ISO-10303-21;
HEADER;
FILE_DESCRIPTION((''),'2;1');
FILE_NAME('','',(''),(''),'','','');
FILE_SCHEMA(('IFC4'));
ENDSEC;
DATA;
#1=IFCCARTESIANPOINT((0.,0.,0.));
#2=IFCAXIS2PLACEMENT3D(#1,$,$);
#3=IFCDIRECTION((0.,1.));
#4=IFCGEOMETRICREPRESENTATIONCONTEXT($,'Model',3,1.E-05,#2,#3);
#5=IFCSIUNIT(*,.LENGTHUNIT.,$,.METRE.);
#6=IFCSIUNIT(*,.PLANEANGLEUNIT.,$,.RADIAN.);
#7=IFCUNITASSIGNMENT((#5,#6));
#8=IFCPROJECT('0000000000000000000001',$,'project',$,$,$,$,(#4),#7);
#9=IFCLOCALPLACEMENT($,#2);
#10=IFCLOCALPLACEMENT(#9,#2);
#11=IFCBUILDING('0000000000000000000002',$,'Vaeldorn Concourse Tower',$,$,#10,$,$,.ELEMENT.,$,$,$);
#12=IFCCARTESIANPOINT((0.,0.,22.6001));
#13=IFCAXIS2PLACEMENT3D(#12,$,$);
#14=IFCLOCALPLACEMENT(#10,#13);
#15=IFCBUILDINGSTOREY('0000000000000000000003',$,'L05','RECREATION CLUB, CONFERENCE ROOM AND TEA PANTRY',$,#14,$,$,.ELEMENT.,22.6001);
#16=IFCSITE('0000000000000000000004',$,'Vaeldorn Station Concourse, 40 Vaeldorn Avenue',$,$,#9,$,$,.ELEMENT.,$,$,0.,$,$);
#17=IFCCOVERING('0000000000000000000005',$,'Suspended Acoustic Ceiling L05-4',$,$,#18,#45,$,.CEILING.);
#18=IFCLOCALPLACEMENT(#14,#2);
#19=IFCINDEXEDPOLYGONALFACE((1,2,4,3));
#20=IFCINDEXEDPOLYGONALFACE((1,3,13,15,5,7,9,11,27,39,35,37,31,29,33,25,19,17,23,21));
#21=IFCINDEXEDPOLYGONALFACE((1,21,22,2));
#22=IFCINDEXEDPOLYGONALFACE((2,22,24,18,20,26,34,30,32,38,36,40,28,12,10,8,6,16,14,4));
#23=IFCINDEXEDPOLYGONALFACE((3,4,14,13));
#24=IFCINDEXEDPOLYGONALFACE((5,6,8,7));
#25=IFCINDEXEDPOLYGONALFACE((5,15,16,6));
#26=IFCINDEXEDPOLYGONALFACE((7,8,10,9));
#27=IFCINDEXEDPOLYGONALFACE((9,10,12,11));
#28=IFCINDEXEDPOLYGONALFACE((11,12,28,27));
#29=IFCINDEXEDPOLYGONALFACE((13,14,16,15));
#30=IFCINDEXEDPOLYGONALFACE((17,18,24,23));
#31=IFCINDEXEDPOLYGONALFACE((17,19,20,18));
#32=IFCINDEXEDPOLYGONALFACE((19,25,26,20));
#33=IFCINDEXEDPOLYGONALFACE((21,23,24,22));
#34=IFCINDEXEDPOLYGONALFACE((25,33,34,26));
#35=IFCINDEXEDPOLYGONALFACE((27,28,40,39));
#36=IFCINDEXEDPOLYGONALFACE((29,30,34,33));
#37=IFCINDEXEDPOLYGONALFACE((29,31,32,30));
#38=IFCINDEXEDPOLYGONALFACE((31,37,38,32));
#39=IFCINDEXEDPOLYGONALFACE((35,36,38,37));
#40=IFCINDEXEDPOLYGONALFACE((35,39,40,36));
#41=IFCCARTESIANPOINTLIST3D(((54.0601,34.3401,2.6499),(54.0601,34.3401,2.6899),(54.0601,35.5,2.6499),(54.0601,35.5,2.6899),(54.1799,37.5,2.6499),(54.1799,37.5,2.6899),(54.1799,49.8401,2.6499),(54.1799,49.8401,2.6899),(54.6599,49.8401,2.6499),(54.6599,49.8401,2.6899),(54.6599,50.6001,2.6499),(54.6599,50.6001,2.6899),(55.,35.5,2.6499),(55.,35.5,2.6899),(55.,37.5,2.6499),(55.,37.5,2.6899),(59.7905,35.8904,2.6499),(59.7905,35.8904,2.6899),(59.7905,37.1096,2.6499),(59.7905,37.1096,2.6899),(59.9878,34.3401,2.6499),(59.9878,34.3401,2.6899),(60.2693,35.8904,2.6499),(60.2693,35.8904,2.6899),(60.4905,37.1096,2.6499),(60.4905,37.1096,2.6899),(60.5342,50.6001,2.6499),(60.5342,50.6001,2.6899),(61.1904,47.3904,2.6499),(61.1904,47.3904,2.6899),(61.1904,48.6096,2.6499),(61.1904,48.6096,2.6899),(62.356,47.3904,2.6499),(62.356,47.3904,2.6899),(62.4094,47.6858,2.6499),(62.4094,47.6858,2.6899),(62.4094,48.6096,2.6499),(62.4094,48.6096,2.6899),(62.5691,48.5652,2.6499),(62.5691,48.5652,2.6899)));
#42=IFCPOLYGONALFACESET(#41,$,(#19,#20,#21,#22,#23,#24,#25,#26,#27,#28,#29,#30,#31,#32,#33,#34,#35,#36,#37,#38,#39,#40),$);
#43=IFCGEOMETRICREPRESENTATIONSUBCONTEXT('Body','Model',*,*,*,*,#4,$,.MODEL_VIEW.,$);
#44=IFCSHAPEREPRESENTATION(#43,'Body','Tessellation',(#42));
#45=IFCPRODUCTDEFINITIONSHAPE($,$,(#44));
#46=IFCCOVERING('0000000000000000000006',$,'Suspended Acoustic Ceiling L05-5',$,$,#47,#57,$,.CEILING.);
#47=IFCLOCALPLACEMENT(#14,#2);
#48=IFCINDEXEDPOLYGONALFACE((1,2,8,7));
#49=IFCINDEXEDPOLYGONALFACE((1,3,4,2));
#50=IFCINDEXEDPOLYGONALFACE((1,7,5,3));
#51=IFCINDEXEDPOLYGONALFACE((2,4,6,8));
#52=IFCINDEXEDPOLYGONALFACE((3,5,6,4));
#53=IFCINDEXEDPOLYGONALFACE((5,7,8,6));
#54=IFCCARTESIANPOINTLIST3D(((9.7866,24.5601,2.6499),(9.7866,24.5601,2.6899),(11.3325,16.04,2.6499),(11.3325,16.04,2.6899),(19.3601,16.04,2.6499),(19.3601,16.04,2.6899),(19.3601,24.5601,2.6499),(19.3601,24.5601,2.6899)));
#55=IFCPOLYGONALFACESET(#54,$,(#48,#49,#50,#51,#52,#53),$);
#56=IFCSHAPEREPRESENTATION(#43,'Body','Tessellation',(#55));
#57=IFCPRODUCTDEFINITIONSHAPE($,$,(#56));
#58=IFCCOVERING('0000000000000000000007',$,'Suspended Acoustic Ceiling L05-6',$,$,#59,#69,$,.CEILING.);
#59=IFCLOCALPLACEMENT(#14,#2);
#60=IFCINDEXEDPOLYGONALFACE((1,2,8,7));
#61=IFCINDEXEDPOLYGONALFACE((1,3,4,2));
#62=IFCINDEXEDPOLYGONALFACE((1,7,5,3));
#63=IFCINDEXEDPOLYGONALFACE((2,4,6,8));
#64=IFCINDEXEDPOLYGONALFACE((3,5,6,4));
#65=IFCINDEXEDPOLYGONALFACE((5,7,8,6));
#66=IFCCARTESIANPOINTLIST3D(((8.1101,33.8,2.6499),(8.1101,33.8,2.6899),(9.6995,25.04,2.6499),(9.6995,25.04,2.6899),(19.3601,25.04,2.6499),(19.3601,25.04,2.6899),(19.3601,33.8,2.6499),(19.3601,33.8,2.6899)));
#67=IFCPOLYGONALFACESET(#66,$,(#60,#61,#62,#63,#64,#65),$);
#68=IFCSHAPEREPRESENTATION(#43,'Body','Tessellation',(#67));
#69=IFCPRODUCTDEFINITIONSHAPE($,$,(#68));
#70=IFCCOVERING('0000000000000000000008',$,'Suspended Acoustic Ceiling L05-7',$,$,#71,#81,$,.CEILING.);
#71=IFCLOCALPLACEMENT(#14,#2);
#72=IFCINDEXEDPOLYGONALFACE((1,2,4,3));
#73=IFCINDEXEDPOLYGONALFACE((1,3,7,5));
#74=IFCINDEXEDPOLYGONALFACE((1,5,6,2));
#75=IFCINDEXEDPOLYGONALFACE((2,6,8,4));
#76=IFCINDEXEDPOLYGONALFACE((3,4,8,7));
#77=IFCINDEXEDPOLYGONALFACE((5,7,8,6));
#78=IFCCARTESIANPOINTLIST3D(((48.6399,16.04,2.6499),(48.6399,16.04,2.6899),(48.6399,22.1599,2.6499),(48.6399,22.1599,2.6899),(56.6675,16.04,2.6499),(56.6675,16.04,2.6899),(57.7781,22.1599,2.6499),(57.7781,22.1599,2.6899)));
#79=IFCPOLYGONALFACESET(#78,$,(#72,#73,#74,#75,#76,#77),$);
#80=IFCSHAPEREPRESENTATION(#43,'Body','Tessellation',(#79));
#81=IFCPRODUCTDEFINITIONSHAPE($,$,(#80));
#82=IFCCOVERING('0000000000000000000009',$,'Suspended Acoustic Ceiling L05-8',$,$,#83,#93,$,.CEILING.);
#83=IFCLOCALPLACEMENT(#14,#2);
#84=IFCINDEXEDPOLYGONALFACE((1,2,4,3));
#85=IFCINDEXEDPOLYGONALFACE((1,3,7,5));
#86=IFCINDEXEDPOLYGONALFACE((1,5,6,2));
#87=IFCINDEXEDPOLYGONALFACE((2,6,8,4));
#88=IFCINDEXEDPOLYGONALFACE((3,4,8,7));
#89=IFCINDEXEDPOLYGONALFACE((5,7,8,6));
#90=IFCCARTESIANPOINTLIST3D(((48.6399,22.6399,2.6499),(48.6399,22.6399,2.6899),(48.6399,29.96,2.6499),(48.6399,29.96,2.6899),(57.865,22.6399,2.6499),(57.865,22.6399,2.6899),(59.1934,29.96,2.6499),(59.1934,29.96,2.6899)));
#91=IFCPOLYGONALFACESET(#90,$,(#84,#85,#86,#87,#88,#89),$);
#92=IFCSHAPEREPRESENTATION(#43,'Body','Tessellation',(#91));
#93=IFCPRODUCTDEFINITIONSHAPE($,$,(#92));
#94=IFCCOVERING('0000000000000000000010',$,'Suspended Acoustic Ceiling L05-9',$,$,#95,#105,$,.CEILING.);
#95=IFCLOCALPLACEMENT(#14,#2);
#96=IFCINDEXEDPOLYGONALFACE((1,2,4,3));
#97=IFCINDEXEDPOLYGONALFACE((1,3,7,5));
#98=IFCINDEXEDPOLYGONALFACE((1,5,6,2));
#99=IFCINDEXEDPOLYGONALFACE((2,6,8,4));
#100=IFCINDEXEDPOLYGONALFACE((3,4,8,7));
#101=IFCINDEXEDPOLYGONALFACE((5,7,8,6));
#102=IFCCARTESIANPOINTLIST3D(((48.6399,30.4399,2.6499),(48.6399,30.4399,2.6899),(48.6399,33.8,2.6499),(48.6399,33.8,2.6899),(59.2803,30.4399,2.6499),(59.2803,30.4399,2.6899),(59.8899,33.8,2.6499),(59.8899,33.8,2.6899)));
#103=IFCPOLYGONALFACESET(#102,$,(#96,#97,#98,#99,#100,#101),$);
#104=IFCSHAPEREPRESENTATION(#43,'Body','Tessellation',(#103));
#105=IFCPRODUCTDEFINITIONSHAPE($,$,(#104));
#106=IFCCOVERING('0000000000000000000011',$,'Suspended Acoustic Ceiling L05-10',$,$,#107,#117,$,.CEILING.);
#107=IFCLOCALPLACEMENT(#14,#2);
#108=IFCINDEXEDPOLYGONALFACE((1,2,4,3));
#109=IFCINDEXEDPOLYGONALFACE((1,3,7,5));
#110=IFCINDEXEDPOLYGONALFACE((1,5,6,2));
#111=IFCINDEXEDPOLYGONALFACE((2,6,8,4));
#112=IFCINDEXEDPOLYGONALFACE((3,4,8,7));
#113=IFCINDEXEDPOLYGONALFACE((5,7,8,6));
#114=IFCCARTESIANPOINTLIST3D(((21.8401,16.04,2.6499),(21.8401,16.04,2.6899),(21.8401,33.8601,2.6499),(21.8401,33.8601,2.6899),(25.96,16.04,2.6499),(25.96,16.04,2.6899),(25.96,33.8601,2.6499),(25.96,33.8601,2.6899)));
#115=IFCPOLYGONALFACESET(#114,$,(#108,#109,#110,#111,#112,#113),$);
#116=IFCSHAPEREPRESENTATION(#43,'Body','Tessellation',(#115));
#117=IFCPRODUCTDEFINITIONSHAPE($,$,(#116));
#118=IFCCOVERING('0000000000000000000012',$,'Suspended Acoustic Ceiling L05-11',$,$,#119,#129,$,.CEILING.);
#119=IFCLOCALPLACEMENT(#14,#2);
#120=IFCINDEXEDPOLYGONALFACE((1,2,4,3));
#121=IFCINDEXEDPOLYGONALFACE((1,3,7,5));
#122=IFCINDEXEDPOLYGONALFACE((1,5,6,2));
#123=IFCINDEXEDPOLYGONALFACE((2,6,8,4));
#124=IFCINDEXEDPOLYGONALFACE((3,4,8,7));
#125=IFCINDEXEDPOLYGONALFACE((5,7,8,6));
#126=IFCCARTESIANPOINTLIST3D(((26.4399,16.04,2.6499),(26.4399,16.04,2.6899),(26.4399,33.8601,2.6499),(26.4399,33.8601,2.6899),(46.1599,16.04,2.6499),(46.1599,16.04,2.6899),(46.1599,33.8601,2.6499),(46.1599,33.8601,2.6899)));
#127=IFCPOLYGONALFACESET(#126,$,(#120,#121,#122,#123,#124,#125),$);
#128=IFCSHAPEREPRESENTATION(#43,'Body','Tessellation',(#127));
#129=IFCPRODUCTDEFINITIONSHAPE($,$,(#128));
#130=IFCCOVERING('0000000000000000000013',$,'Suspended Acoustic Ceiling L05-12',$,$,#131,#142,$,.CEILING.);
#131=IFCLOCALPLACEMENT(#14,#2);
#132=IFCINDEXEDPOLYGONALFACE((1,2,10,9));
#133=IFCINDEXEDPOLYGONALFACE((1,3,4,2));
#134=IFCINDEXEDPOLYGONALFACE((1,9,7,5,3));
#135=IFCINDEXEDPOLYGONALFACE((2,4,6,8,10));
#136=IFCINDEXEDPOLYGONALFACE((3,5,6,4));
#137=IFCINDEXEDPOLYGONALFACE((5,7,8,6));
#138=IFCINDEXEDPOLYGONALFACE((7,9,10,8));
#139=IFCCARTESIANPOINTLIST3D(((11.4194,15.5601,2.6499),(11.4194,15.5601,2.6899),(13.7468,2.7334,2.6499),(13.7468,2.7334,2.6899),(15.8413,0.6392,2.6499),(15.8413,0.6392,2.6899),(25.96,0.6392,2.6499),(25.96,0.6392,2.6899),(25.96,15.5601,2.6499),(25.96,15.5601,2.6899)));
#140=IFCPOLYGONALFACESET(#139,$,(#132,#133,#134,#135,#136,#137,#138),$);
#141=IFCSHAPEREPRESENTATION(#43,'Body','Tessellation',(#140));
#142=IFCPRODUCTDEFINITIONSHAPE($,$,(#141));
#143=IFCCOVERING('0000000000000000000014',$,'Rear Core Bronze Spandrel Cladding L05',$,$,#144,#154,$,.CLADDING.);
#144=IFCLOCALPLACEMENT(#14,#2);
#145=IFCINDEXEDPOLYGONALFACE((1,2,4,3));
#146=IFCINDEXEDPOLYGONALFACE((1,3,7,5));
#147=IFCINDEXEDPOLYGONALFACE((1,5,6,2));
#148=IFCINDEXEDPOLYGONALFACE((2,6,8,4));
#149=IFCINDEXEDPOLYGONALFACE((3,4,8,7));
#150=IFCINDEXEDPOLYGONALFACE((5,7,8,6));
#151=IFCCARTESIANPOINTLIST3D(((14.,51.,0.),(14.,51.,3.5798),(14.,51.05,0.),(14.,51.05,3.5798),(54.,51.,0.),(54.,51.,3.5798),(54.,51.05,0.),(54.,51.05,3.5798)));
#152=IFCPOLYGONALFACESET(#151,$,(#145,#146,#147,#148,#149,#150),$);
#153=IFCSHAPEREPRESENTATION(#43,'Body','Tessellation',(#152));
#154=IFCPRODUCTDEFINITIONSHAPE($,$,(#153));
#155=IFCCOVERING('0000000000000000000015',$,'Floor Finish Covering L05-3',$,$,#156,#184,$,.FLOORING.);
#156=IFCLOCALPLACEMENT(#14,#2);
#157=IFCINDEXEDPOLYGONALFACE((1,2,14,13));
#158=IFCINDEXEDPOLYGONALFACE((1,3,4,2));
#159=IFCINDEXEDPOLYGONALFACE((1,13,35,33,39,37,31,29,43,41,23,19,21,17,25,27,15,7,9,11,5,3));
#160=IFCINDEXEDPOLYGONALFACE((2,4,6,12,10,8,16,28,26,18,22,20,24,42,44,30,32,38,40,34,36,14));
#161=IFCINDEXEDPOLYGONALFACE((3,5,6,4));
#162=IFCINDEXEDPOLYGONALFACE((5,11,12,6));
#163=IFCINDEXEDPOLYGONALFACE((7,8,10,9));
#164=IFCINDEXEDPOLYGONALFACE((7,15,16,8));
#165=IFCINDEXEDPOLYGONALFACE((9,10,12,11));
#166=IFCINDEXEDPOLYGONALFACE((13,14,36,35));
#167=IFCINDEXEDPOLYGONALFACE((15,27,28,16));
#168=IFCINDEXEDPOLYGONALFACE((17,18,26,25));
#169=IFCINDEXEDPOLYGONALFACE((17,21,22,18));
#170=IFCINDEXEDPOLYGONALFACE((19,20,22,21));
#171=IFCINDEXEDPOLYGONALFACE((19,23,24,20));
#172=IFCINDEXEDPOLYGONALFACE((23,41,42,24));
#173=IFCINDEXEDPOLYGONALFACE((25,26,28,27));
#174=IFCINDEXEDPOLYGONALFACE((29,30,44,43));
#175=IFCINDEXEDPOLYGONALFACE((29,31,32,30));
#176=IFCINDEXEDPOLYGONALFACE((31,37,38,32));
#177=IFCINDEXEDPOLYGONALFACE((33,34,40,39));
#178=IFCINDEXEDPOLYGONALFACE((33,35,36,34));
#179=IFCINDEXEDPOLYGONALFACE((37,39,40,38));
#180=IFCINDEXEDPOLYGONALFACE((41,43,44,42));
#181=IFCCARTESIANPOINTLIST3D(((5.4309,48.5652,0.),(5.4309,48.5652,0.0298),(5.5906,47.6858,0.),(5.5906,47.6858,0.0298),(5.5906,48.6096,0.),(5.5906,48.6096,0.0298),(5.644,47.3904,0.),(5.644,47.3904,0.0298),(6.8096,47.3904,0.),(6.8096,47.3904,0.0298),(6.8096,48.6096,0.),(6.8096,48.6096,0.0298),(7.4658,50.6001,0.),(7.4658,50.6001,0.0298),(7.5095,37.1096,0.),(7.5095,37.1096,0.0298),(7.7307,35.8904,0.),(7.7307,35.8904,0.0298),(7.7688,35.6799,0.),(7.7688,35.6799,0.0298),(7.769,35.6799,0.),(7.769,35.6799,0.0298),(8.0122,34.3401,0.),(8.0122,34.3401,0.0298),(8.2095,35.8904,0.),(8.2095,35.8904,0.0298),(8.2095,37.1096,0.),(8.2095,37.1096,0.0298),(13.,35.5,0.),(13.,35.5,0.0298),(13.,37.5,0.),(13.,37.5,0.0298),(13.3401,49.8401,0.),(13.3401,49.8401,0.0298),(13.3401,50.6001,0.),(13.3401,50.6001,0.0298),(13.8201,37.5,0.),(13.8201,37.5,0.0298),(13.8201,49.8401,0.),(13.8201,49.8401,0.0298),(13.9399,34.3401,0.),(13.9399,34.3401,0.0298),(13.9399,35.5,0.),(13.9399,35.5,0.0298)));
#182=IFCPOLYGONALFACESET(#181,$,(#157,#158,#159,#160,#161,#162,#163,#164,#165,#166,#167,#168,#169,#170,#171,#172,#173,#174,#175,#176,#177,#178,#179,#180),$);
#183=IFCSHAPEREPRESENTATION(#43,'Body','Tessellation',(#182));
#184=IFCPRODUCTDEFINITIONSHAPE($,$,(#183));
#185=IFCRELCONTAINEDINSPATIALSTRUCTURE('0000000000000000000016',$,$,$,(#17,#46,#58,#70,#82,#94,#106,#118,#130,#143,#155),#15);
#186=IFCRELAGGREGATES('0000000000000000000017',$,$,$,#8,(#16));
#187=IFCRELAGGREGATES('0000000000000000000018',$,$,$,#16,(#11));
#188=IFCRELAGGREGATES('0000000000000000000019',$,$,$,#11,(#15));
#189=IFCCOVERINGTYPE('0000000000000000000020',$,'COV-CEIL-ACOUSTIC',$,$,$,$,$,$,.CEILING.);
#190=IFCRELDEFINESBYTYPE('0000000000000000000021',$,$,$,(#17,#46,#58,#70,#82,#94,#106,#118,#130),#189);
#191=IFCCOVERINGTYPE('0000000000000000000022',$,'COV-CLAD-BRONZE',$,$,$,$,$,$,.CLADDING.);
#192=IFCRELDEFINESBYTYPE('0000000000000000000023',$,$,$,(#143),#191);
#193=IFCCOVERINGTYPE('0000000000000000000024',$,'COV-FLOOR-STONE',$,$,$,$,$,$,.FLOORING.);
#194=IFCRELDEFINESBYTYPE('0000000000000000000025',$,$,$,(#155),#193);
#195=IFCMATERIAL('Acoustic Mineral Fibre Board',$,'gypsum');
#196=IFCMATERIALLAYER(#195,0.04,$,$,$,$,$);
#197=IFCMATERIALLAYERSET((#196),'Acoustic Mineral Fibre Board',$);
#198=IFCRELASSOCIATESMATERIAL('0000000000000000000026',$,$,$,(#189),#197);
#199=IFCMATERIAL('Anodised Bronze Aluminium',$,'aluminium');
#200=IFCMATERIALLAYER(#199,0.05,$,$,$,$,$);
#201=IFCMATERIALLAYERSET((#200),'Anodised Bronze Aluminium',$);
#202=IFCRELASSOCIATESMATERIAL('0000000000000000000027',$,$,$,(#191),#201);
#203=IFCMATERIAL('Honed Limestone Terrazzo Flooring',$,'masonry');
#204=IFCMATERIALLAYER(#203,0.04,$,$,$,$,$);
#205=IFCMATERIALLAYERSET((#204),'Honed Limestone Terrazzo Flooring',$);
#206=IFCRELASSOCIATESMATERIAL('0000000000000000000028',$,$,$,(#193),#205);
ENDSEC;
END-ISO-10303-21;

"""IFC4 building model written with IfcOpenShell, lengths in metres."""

from ifc_helpers import new_model, si_unit, direction, frame, origin, place, context, subcontext, project, spatial, polyline, outline, extrude, material, layer, layer_set, type_object, element, save


model = new_model("IFC4")

# Units and contexts
model_context = context("Model", 3, precision=1e-05, world=origin(), true_north=direction((0.0, 1.0)))
body_context = subcontext(model_context, "Body", "Model", "MODEL_VIEW")
ifc_project = project(units=[si_unit("LENGTHUNIT", "METRE"), si_unit("PLANEANGLEUNIT", "RADIAN")], contexts=[model_context])

# Site, building, storey
site_placement = place(None, origin())
site = spatial("IfcSite", under=ifc_project, at=site_placement, Name="Vaeldorn Station Concourse, 40 Vaeldorn Avenue", CompositionType="ELEMENT", RefElevation=0.0)
building_placement = place(site_placement, origin())
building = spatial("IfcBuilding", under=site, at=building_placement, Name="Vaeldorn Concourse Tower", CompositionType="ELEMENT")
storey_placement = place(building_placement, frame((0.0, 0.0, 22.6001)))
storey = spatial("IfcBuildingStorey", under=building, at=storey_placement, Name="L05", Description="RECREATION CLUB, CONFERENCE ROOM AND TEA PANTRY", CompositionType="ELEMENT", Elevation=22.6001)

# Shared definitions
ifc_material_1 = material(Name="Anodised Bronze Aluminium", Category="aluminium")

# Coverings
ifc_material_2 = material(Name="Acoustic Mineral Fibre Board", Category="gypsum")
ifc_layer_1 = layer(ifc_material_2, 0.04)
ifc_layer_set_1 = layer_set([ifc_layer_1], Name="Acoustic Mineral Fibre Board")
covering_type_1 = type_object("IfcCoveringType", Name="COV-CEIL-ACOUSTIC", PredefinedType="CEILING", material=ifc_layer_set_1)
covering_1_placement = place(storey_placement, frame((0.0, 0.0, 2.6499)))
element("IfcCovering", 1, at=covering_1_placement, inside=storey, type_object=covering_type_1, Name="Suspended Acoustic Ceiling L05-4", PredefinedType="CEILING", context=body_context, shape_type="SweptSolid", body=[
    extrude(outline(polyline([(54.1799, 49.8401), (54.6599, 49.8401), (54.6599, 50.6001), (60.5342, 50.6001), (62.5691, 48.5652), (62.4094, 47.6858), (62.4094, 48.6096), (61.1904, 48.6096), (61.1904, 47.3904), (62.356, 47.3904), (60.4905, 37.1096), (59.7905, 37.1096), (59.7905, 35.8904), (60.2693, 35.8904), (59.9878, 34.3401), (54.0601, 34.3401), (54.0601, 35.5), (55.0, 35.5), (55.0, 37.5), (54.1799, 37.5), (54.1799, 49.8401)])), origin(), (0.0, 0.0, 1.0), 0.04),
])
covering_2_placement = place(storey_placement, frame((0.0, 0.0, 2.6499)))
element("IfcCovering", 2, at=covering_2_placement, inside=storey, type_object=covering_type_1, Name="Suspended Acoustic Ceiling L05-5", PredefinedType="CEILING", context=body_context, shape_type="SweptSolid", body=[
    extrude(outline(polyline([(19.3601, 24.5601), (19.3601, 16.04), (11.3325, 16.04), (9.7866, 24.5601), (19.3601, 24.5601)])), origin(), (0.0, 0.0, 1.0), 0.04),
])
covering_3_placement = place(storey_placement, frame((0.0, 0.0, 2.6499)))
element("IfcCovering", 3, at=covering_3_placement, inside=storey, type_object=covering_type_1, Name="Suspended Acoustic Ceiling L05-6", PredefinedType="CEILING", context=body_context, shape_type="SweptSolid", body=[
    extrude(outline(polyline([(19.3601, 33.8), (19.3601, 25.04), (9.6995, 25.04), (8.1101, 33.8), (19.3601, 33.8)])), origin(), (0.0, 0.0, 1.0), 0.04),
])
covering_4_placement = place(storey_placement, frame((0.0, 0.0, 2.6499)))
element("IfcCovering", 4, at=covering_4_placement, inside=storey, type_object=covering_type_1, Name="Suspended Acoustic Ceiling L05-7", PredefinedType="CEILING", context=body_context, shape_type="SweptSolid", body=[
    extrude(outline(polyline([(48.6399, 16.04), (48.6399, 22.1599), (57.7781, 22.1599), (56.6675, 16.04), (48.6399, 16.04)])), origin(), (0.0, 0.0, 1.0), 0.04),
])
covering_5_placement = place(storey_placement, frame((0.0, 0.0, 2.6499)))
element("IfcCovering", 5, at=covering_5_placement, inside=storey, type_object=covering_type_1, Name="Suspended Acoustic Ceiling L05-8", PredefinedType="CEILING", context=body_context, shape_type="SweptSolid", body=[
    extrude(outline(polyline([(48.6399, 22.6399), (48.6399, 29.96), (59.1934, 29.96), (57.865, 22.6399), (48.6399, 22.6399)])), origin(), (0.0, 0.0, 1.0), 0.04),
])
covering_6_placement = place(storey_placement, frame((0.0, 0.0, 2.6499)))
element("IfcCovering", 6, at=covering_6_placement, inside=storey, type_object=covering_type_1, Name="Suspended Acoustic Ceiling L05-9", PredefinedType="CEILING", context=body_context, shape_type="SweptSolid", body=[
    extrude(outline(polyline([(48.6399, 30.4399), (48.6399, 33.8), (59.8899, 33.8), (59.2803, 30.4399), (48.6399, 30.4399)])), origin(), (0.0, 0.0, 1.0), 0.04),
])
covering_7_placement = place(storey_placement, frame((0.0, 0.0, 2.6499)))
element("IfcCovering", 7, at=covering_7_placement, inside=storey, type_object=covering_type_1, Name="Suspended Acoustic Ceiling L05-10", PredefinedType="CEILING", context=body_context, shape_type="SweptSolid", body=[
    extrude(outline(polyline([(21.8401, 33.8601), (25.96, 33.8601), (25.96, 16.04), (21.8401, 16.04), (21.8401, 33.8601)])), origin(), (0.0, 0.0, 1.0), 0.04),
])
covering_8_placement = place(storey_placement, frame((0.0, 0.0, 2.6499)))
element("IfcCovering", 8, at=covering_8_placement, inside=storey, type_object=covering_type_1, Name="Suspended Acoustic Ceiling L05-11", PredefinedType="CEILING", context=body_context, shape_type="SweptSolid", body=[
    extrude(outline(polyline([(26.4399, 33.8601), (46.1599, 33.8601), (46.1599, 16.04), (26.4399, 16.04), (26.4399, 33.8601)])), origin(), (0.0, 0.0, 1.0), 0.04),
])
covering_9_placement = place(storey_placement, frame((0.0, 0.0, 2.6499)))
element("IfcCovering", 9, at=covering_9_placement, inside=storey, type_object=covering_type_1, Name="Suspended Acoustic Ceiling L05-12", PredefinedType="CEILING", context=body_context, shape_type="SweptSolid", body=[
    extrude(outline(polyline([(25.96, 15.5601), (25.96, 0.6392), (15.8413, 0.6392), (13.7468, 2.7334), (11.4194, 15.5601), (25.96, 15.5601)])), origin(), (0.0, 0.0, 1.0), 0.04),
])
ifc_layer_2 = layer(ifc_material_1, 0.05)
ifc_layer_set_2 = layer_set([ifc_layer_2], Name="Anodised Bronze Aluminium")
covering_type_2 = type_object("IfcCoveringType", Name="COV-CLAD-BRONZE", PredefinedType="CLADDING", material=ifc_layer_set_2)
covering_10_placement = place(storey_placement, origin())
element("IfcCovering", 10, at=covering_10_placement, inside=storey, type_object=covering_type_2, Name="Rear Core Bronze Spandrel Cladding L05", PredefinedType="CLADDING", context=body_context, shape_type="SweptSolid", body=[
    extrude(outline(polyline([(14.0, 51.0), (54.0, 51.0), (54.0, 51.05), (14.0, 51.05), (14.0, 51.0)])), origin(), (0.0, 0.0, 1.0), 3.5798),
])
ifc_material_3 = material(Name="Honed Limestone Terrazzo Flooring", Category="masonry")
ifc_layer_3 = layer(ifc_material_3, 0.04)
ifc_layer_set_3 = layer_set([ifc_layer_3], Name="Honed Limestone Terrazzo Flooring")
covering_type_3 = type_object("IfcCoveringType", Name="COV-FLOOR-STONE", PredefinedType="FLOORING", material=ifc_layer_set_3)
covering_11_placement = place(storey_placement, origin())
element("IfcCovering", 11, at=covering_11_placement, inside=storey, type_object=covering_type_3, Name="Floor Finish Covering L05-3", PredefinedType="FLOORING", context=body_context, shape_type="SweptSolid", body=[
    extrude(outline(polyline([(7.4658, 50.6001), (13.3401, 50.6001), (13.3401, 49.8401), (13.8201, 49.8401), (13.8201, 37.5), (13.0, 37.5), (13.0, 35.5), (13.9399, 35.5), (13.9399, 34.3401), (8.0122, 34.3401), (7.7688, 35.6799), (7.769, 35.6799), (7.7307, 35.8904), (8.2095, 35.8904), (8.2095, 37.1096), (7.5095, 37.1096), (5.644, 47.3904), (6.8096, 47.3904), (6.8096, 48.6096), (5.5906, 48.6096), (5.5906, 47.6858), (5.4309, 48.5652), (7.4658, 50.6001)])), origin(), (0.0, 0.0, 1.0), 0.0298),
])

save(model, "model.ifc")
